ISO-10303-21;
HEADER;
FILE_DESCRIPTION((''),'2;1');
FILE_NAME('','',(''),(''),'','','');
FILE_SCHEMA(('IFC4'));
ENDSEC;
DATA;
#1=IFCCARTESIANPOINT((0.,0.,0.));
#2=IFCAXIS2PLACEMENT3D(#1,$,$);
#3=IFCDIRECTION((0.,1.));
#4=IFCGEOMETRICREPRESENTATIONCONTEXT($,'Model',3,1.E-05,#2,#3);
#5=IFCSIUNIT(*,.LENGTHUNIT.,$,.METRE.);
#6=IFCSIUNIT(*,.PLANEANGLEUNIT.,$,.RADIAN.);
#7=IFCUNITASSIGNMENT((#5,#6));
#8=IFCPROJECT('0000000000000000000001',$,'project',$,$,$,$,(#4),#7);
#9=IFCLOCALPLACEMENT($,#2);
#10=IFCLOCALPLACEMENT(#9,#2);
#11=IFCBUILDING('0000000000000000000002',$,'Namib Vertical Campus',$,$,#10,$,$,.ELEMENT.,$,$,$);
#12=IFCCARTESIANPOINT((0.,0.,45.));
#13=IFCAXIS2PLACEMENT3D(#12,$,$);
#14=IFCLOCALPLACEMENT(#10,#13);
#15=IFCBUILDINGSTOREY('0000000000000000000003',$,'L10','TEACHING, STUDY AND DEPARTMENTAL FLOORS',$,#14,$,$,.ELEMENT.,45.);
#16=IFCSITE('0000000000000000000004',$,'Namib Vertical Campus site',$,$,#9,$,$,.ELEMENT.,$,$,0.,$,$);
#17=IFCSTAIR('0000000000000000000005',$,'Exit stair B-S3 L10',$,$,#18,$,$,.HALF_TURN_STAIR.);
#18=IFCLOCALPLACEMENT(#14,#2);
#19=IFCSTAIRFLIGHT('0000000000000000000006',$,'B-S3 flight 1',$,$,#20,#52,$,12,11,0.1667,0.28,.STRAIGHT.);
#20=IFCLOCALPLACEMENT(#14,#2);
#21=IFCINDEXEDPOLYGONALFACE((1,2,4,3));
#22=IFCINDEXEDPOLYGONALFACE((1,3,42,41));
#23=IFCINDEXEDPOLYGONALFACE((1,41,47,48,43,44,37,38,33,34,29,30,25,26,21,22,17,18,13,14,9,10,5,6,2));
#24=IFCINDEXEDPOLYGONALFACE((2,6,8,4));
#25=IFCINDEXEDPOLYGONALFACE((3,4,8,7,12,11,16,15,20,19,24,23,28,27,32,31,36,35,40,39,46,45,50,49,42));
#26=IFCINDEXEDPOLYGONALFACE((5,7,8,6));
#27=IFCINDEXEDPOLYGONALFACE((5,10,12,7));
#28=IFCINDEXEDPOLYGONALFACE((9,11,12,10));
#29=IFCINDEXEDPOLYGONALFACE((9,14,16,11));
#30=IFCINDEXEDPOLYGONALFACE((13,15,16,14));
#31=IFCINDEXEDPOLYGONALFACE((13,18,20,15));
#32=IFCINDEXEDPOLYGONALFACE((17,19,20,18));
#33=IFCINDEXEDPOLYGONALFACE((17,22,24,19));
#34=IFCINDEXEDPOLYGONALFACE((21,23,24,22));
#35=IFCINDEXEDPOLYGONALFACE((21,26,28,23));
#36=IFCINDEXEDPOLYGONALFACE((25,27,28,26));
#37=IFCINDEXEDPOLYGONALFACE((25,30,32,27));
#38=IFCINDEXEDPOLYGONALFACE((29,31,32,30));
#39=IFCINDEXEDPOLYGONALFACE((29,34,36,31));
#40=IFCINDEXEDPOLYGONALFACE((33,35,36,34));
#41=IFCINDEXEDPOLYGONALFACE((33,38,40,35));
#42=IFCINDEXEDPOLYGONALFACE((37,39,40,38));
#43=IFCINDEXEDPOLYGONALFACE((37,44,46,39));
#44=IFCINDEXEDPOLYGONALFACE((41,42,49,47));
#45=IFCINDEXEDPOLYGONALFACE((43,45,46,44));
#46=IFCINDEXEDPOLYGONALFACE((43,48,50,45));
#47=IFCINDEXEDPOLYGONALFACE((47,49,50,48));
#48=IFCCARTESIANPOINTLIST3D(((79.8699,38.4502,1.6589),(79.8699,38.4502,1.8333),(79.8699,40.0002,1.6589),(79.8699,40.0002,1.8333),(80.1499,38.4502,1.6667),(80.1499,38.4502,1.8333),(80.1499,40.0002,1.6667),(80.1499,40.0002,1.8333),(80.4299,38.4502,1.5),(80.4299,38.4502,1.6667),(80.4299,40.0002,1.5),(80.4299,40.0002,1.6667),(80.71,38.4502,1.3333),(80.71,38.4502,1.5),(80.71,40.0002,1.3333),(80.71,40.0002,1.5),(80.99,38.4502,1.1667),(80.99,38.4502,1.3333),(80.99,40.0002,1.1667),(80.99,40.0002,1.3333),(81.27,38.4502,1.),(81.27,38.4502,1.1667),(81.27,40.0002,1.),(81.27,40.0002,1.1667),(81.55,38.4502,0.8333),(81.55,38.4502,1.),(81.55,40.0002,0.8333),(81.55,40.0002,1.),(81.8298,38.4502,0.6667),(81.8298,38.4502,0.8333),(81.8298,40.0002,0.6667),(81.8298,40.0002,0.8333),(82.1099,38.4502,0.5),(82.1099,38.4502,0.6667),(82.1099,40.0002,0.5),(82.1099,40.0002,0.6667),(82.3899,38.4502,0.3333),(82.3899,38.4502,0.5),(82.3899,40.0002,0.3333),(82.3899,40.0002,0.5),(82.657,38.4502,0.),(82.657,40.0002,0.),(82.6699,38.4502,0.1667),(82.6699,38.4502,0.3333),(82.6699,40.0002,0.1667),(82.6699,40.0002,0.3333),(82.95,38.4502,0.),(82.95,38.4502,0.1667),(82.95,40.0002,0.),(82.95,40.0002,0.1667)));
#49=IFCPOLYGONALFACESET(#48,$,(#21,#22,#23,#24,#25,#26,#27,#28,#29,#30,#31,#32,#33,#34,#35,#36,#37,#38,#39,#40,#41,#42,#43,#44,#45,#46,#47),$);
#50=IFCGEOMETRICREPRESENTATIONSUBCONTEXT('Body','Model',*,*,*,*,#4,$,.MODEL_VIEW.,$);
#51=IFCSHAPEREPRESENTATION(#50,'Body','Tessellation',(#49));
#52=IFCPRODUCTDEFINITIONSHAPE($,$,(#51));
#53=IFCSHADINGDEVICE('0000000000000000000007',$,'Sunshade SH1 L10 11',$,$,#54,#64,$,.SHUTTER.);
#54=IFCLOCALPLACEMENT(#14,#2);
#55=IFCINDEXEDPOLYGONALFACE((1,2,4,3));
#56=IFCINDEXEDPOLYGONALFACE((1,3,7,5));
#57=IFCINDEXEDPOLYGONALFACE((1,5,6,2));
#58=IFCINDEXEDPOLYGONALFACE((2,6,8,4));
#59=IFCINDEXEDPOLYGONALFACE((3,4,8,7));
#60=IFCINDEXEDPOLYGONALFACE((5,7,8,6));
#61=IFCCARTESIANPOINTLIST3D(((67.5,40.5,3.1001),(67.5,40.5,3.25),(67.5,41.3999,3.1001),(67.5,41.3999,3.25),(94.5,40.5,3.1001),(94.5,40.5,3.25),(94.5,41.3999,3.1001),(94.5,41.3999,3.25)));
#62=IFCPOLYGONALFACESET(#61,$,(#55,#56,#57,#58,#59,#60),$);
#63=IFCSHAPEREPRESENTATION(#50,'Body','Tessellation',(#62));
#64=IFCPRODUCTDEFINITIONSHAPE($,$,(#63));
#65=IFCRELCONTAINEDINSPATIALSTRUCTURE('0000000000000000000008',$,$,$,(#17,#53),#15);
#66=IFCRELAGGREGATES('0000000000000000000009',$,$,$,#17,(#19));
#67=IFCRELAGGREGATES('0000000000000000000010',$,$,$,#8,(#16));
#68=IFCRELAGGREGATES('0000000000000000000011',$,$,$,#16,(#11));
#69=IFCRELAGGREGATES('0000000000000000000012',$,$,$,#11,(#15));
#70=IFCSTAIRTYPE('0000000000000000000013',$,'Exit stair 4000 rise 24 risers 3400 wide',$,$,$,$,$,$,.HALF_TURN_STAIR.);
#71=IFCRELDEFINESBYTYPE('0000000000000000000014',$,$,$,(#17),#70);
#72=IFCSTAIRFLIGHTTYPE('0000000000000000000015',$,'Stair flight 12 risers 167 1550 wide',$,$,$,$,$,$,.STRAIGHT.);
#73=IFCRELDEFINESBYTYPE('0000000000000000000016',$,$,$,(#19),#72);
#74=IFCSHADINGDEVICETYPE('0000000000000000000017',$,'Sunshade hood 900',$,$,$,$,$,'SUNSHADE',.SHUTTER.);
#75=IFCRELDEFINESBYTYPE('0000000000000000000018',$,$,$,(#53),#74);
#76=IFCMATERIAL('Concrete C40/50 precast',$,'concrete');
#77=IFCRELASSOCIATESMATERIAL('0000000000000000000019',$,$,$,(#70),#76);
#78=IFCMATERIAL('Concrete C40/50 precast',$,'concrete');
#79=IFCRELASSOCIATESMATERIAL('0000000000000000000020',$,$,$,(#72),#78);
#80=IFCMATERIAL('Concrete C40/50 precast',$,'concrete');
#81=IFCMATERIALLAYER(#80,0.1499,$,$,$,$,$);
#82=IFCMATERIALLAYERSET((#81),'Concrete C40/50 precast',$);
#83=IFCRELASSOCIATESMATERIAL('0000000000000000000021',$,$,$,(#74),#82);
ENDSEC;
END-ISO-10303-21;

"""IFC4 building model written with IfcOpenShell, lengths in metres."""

from ifc_helpers import new_model, si_unit, direction, frame, origin, origin_2d, place, context, subcontext, project, spatial, polyline, rectangle, outline, extrude, material, layer, layer_set, type_object, element, aggregate, save


model = new_model("IFC4")

# Units and contexts
model_context = context("Model", 3, precision=1e-05, world=origin(), true_north=direction((0.0, 1.0)))
body_context = subcontext(model_context, "Body", "Model", "MODEL_VIEW")
ifc_project = project(units=[si_unit("LENGTHUNIT", "METRE"), si_unit("PLANEANGLEUNIT", "RADIAN")], contexts=[model_context])

# Site, building, storey
site_placement = place(None, origin())
site = spatial("IfcSite", under=ifc_project, at=site_placement, Name="Namib Vertical Campus site", CompositionType="ELEMENT", RefElevation=0.0)
building_placement = place(site_placement, origin())
building = spatial("IfcBuilding", under=site, at=building_placement, Name="Namib Vertical Campus", CompositionType="ELEMENT")
storey_placement = place(building_placement, frame((0.0, 0.0, 45.0)))
storey = spatial("IfcBuildingStorey", under=building, at=storey_placement, Name="L10", Description="TEACHING, STUDY AND DEPARTMENTAL FLOORS", CompositionType="ELEMENT", Elevation=45.0)

# Shared definitions
ifc_material_1 = material(Name="Concrete C40/50 precast", Category="concrete")
stair_type = type_object("IfcStairType", Name="Exit stair 4000 rise 24 risers 3400 wide", PredefinedType="HALF_TURN_STAIR", material=ifc_material_1)
ifc_material_2 = material(Name="Concrete C40/50 precast", Category="concrete")
stair_flight_type = type_object("IfcStairFlightType", Name="Stair flight 12 risers 167 1550 wide", PredefinedType="STRAIGHT", material=ifc_material_2)

# Stair, stair flight
stair_1_placement = place(storey_placement, origin())
stair_1 = element("IfcStair", 1, at=stair_1_placement, inside=storey, type_object=stair_type, Name="Exit stair B-S3 L10", PredefinedType="HALF_TURN_STAIR")
stair_flight_1_placement = place(storey_placement, frame((82.95, 39.2251, 0.0), z_axis=(0.0, 0.0, 1.0), x_axis=(-1.0, 0.0, 0.0)))
stair_flight_1 = element("IfcStairFlight", 2, at=stair_flight_1_placement, type_object=stair_flight_type, Name="B-S3 flight 1", NumberOfRisers=12, NumberOfTreads=11, PredefinedType="STRAIGHT", RiserHeight=0.1667, TreadLength=0.28, context=body_context, shape_type="SweptSolid", body=[
    extrude(outline(polyline([(0.0, 0.0), (0.0, 0.1667), (0.28, 0.1667), (0.28, 0.3333), (0.5601, 0.3333), (0.5601, 0.5), (0.8401, 0.5), (0.8401, 0.6667), (1.1201, 0.6667), (1.1201, 0.8333), (1.3999, 0.8333), (1.3999, 1.0), (1.6799, 1.0), (1.6799, 1.1667), (1.96, 1.1667), (1.96, 1.3333), (2.24, 1.3333), (2.24, 1.5), (2.52, 1.5), (2.52, 1.6667), (2.8, 1.6667), (2.8, 1.8333), (3.0801, 1.8333), (3.0801, 2.0), (3.0801, 1.6589), (0.293, 0.0), (0.0, 0.0)])), frame((0.0, 0.7749, 0.0), z_axis=(0.0, -1.0, 0.0), x_axis=(1.0, 0.0, 0.0)), (0.0, 0.0, 1.0), 1.55),
])
aggregate(stair_1, [stair_flight_1])

# Shading device
ifc_material_3 = material(Name="Concrete C40/50 precast", Category="concrete")
ifc_layer_1 = layer(ifc_material_3, 0.1499)
ifc_layer_set_1 = layer_set([ifc_layer_1], Name="Concrete C40/50 precast")
shading_device_type = type_object("IfcShadingDeviceType", Name="Sunshade hood 900", ElementType="SUNSHADE", PredefinedType="SHUTTER", material=ifc_layer_set_1)
shading_device_placement = place(storey_placement, frame((81.0, 40.95, 3.1001), z_axis=(0.0, 0.0, 1.0), x_axis=(-1.0, 0.0, 0.0)))
element("IfcShadingDevice", 3, at=shading_device_placement, inside=storey, type_object=shading_device_type, Name="Sunshade SH1 L10 11", PredefinedType="SHUTTER", context=body_context, shape_type="SweptSolid", body=[
    extrude(rectangle(XDim=27.0, YDim=0.8999, at=origin_2d()), origin(), (0.0, 0.0, 1.0), 0.1499),
])

save(model, "model.ifc")
